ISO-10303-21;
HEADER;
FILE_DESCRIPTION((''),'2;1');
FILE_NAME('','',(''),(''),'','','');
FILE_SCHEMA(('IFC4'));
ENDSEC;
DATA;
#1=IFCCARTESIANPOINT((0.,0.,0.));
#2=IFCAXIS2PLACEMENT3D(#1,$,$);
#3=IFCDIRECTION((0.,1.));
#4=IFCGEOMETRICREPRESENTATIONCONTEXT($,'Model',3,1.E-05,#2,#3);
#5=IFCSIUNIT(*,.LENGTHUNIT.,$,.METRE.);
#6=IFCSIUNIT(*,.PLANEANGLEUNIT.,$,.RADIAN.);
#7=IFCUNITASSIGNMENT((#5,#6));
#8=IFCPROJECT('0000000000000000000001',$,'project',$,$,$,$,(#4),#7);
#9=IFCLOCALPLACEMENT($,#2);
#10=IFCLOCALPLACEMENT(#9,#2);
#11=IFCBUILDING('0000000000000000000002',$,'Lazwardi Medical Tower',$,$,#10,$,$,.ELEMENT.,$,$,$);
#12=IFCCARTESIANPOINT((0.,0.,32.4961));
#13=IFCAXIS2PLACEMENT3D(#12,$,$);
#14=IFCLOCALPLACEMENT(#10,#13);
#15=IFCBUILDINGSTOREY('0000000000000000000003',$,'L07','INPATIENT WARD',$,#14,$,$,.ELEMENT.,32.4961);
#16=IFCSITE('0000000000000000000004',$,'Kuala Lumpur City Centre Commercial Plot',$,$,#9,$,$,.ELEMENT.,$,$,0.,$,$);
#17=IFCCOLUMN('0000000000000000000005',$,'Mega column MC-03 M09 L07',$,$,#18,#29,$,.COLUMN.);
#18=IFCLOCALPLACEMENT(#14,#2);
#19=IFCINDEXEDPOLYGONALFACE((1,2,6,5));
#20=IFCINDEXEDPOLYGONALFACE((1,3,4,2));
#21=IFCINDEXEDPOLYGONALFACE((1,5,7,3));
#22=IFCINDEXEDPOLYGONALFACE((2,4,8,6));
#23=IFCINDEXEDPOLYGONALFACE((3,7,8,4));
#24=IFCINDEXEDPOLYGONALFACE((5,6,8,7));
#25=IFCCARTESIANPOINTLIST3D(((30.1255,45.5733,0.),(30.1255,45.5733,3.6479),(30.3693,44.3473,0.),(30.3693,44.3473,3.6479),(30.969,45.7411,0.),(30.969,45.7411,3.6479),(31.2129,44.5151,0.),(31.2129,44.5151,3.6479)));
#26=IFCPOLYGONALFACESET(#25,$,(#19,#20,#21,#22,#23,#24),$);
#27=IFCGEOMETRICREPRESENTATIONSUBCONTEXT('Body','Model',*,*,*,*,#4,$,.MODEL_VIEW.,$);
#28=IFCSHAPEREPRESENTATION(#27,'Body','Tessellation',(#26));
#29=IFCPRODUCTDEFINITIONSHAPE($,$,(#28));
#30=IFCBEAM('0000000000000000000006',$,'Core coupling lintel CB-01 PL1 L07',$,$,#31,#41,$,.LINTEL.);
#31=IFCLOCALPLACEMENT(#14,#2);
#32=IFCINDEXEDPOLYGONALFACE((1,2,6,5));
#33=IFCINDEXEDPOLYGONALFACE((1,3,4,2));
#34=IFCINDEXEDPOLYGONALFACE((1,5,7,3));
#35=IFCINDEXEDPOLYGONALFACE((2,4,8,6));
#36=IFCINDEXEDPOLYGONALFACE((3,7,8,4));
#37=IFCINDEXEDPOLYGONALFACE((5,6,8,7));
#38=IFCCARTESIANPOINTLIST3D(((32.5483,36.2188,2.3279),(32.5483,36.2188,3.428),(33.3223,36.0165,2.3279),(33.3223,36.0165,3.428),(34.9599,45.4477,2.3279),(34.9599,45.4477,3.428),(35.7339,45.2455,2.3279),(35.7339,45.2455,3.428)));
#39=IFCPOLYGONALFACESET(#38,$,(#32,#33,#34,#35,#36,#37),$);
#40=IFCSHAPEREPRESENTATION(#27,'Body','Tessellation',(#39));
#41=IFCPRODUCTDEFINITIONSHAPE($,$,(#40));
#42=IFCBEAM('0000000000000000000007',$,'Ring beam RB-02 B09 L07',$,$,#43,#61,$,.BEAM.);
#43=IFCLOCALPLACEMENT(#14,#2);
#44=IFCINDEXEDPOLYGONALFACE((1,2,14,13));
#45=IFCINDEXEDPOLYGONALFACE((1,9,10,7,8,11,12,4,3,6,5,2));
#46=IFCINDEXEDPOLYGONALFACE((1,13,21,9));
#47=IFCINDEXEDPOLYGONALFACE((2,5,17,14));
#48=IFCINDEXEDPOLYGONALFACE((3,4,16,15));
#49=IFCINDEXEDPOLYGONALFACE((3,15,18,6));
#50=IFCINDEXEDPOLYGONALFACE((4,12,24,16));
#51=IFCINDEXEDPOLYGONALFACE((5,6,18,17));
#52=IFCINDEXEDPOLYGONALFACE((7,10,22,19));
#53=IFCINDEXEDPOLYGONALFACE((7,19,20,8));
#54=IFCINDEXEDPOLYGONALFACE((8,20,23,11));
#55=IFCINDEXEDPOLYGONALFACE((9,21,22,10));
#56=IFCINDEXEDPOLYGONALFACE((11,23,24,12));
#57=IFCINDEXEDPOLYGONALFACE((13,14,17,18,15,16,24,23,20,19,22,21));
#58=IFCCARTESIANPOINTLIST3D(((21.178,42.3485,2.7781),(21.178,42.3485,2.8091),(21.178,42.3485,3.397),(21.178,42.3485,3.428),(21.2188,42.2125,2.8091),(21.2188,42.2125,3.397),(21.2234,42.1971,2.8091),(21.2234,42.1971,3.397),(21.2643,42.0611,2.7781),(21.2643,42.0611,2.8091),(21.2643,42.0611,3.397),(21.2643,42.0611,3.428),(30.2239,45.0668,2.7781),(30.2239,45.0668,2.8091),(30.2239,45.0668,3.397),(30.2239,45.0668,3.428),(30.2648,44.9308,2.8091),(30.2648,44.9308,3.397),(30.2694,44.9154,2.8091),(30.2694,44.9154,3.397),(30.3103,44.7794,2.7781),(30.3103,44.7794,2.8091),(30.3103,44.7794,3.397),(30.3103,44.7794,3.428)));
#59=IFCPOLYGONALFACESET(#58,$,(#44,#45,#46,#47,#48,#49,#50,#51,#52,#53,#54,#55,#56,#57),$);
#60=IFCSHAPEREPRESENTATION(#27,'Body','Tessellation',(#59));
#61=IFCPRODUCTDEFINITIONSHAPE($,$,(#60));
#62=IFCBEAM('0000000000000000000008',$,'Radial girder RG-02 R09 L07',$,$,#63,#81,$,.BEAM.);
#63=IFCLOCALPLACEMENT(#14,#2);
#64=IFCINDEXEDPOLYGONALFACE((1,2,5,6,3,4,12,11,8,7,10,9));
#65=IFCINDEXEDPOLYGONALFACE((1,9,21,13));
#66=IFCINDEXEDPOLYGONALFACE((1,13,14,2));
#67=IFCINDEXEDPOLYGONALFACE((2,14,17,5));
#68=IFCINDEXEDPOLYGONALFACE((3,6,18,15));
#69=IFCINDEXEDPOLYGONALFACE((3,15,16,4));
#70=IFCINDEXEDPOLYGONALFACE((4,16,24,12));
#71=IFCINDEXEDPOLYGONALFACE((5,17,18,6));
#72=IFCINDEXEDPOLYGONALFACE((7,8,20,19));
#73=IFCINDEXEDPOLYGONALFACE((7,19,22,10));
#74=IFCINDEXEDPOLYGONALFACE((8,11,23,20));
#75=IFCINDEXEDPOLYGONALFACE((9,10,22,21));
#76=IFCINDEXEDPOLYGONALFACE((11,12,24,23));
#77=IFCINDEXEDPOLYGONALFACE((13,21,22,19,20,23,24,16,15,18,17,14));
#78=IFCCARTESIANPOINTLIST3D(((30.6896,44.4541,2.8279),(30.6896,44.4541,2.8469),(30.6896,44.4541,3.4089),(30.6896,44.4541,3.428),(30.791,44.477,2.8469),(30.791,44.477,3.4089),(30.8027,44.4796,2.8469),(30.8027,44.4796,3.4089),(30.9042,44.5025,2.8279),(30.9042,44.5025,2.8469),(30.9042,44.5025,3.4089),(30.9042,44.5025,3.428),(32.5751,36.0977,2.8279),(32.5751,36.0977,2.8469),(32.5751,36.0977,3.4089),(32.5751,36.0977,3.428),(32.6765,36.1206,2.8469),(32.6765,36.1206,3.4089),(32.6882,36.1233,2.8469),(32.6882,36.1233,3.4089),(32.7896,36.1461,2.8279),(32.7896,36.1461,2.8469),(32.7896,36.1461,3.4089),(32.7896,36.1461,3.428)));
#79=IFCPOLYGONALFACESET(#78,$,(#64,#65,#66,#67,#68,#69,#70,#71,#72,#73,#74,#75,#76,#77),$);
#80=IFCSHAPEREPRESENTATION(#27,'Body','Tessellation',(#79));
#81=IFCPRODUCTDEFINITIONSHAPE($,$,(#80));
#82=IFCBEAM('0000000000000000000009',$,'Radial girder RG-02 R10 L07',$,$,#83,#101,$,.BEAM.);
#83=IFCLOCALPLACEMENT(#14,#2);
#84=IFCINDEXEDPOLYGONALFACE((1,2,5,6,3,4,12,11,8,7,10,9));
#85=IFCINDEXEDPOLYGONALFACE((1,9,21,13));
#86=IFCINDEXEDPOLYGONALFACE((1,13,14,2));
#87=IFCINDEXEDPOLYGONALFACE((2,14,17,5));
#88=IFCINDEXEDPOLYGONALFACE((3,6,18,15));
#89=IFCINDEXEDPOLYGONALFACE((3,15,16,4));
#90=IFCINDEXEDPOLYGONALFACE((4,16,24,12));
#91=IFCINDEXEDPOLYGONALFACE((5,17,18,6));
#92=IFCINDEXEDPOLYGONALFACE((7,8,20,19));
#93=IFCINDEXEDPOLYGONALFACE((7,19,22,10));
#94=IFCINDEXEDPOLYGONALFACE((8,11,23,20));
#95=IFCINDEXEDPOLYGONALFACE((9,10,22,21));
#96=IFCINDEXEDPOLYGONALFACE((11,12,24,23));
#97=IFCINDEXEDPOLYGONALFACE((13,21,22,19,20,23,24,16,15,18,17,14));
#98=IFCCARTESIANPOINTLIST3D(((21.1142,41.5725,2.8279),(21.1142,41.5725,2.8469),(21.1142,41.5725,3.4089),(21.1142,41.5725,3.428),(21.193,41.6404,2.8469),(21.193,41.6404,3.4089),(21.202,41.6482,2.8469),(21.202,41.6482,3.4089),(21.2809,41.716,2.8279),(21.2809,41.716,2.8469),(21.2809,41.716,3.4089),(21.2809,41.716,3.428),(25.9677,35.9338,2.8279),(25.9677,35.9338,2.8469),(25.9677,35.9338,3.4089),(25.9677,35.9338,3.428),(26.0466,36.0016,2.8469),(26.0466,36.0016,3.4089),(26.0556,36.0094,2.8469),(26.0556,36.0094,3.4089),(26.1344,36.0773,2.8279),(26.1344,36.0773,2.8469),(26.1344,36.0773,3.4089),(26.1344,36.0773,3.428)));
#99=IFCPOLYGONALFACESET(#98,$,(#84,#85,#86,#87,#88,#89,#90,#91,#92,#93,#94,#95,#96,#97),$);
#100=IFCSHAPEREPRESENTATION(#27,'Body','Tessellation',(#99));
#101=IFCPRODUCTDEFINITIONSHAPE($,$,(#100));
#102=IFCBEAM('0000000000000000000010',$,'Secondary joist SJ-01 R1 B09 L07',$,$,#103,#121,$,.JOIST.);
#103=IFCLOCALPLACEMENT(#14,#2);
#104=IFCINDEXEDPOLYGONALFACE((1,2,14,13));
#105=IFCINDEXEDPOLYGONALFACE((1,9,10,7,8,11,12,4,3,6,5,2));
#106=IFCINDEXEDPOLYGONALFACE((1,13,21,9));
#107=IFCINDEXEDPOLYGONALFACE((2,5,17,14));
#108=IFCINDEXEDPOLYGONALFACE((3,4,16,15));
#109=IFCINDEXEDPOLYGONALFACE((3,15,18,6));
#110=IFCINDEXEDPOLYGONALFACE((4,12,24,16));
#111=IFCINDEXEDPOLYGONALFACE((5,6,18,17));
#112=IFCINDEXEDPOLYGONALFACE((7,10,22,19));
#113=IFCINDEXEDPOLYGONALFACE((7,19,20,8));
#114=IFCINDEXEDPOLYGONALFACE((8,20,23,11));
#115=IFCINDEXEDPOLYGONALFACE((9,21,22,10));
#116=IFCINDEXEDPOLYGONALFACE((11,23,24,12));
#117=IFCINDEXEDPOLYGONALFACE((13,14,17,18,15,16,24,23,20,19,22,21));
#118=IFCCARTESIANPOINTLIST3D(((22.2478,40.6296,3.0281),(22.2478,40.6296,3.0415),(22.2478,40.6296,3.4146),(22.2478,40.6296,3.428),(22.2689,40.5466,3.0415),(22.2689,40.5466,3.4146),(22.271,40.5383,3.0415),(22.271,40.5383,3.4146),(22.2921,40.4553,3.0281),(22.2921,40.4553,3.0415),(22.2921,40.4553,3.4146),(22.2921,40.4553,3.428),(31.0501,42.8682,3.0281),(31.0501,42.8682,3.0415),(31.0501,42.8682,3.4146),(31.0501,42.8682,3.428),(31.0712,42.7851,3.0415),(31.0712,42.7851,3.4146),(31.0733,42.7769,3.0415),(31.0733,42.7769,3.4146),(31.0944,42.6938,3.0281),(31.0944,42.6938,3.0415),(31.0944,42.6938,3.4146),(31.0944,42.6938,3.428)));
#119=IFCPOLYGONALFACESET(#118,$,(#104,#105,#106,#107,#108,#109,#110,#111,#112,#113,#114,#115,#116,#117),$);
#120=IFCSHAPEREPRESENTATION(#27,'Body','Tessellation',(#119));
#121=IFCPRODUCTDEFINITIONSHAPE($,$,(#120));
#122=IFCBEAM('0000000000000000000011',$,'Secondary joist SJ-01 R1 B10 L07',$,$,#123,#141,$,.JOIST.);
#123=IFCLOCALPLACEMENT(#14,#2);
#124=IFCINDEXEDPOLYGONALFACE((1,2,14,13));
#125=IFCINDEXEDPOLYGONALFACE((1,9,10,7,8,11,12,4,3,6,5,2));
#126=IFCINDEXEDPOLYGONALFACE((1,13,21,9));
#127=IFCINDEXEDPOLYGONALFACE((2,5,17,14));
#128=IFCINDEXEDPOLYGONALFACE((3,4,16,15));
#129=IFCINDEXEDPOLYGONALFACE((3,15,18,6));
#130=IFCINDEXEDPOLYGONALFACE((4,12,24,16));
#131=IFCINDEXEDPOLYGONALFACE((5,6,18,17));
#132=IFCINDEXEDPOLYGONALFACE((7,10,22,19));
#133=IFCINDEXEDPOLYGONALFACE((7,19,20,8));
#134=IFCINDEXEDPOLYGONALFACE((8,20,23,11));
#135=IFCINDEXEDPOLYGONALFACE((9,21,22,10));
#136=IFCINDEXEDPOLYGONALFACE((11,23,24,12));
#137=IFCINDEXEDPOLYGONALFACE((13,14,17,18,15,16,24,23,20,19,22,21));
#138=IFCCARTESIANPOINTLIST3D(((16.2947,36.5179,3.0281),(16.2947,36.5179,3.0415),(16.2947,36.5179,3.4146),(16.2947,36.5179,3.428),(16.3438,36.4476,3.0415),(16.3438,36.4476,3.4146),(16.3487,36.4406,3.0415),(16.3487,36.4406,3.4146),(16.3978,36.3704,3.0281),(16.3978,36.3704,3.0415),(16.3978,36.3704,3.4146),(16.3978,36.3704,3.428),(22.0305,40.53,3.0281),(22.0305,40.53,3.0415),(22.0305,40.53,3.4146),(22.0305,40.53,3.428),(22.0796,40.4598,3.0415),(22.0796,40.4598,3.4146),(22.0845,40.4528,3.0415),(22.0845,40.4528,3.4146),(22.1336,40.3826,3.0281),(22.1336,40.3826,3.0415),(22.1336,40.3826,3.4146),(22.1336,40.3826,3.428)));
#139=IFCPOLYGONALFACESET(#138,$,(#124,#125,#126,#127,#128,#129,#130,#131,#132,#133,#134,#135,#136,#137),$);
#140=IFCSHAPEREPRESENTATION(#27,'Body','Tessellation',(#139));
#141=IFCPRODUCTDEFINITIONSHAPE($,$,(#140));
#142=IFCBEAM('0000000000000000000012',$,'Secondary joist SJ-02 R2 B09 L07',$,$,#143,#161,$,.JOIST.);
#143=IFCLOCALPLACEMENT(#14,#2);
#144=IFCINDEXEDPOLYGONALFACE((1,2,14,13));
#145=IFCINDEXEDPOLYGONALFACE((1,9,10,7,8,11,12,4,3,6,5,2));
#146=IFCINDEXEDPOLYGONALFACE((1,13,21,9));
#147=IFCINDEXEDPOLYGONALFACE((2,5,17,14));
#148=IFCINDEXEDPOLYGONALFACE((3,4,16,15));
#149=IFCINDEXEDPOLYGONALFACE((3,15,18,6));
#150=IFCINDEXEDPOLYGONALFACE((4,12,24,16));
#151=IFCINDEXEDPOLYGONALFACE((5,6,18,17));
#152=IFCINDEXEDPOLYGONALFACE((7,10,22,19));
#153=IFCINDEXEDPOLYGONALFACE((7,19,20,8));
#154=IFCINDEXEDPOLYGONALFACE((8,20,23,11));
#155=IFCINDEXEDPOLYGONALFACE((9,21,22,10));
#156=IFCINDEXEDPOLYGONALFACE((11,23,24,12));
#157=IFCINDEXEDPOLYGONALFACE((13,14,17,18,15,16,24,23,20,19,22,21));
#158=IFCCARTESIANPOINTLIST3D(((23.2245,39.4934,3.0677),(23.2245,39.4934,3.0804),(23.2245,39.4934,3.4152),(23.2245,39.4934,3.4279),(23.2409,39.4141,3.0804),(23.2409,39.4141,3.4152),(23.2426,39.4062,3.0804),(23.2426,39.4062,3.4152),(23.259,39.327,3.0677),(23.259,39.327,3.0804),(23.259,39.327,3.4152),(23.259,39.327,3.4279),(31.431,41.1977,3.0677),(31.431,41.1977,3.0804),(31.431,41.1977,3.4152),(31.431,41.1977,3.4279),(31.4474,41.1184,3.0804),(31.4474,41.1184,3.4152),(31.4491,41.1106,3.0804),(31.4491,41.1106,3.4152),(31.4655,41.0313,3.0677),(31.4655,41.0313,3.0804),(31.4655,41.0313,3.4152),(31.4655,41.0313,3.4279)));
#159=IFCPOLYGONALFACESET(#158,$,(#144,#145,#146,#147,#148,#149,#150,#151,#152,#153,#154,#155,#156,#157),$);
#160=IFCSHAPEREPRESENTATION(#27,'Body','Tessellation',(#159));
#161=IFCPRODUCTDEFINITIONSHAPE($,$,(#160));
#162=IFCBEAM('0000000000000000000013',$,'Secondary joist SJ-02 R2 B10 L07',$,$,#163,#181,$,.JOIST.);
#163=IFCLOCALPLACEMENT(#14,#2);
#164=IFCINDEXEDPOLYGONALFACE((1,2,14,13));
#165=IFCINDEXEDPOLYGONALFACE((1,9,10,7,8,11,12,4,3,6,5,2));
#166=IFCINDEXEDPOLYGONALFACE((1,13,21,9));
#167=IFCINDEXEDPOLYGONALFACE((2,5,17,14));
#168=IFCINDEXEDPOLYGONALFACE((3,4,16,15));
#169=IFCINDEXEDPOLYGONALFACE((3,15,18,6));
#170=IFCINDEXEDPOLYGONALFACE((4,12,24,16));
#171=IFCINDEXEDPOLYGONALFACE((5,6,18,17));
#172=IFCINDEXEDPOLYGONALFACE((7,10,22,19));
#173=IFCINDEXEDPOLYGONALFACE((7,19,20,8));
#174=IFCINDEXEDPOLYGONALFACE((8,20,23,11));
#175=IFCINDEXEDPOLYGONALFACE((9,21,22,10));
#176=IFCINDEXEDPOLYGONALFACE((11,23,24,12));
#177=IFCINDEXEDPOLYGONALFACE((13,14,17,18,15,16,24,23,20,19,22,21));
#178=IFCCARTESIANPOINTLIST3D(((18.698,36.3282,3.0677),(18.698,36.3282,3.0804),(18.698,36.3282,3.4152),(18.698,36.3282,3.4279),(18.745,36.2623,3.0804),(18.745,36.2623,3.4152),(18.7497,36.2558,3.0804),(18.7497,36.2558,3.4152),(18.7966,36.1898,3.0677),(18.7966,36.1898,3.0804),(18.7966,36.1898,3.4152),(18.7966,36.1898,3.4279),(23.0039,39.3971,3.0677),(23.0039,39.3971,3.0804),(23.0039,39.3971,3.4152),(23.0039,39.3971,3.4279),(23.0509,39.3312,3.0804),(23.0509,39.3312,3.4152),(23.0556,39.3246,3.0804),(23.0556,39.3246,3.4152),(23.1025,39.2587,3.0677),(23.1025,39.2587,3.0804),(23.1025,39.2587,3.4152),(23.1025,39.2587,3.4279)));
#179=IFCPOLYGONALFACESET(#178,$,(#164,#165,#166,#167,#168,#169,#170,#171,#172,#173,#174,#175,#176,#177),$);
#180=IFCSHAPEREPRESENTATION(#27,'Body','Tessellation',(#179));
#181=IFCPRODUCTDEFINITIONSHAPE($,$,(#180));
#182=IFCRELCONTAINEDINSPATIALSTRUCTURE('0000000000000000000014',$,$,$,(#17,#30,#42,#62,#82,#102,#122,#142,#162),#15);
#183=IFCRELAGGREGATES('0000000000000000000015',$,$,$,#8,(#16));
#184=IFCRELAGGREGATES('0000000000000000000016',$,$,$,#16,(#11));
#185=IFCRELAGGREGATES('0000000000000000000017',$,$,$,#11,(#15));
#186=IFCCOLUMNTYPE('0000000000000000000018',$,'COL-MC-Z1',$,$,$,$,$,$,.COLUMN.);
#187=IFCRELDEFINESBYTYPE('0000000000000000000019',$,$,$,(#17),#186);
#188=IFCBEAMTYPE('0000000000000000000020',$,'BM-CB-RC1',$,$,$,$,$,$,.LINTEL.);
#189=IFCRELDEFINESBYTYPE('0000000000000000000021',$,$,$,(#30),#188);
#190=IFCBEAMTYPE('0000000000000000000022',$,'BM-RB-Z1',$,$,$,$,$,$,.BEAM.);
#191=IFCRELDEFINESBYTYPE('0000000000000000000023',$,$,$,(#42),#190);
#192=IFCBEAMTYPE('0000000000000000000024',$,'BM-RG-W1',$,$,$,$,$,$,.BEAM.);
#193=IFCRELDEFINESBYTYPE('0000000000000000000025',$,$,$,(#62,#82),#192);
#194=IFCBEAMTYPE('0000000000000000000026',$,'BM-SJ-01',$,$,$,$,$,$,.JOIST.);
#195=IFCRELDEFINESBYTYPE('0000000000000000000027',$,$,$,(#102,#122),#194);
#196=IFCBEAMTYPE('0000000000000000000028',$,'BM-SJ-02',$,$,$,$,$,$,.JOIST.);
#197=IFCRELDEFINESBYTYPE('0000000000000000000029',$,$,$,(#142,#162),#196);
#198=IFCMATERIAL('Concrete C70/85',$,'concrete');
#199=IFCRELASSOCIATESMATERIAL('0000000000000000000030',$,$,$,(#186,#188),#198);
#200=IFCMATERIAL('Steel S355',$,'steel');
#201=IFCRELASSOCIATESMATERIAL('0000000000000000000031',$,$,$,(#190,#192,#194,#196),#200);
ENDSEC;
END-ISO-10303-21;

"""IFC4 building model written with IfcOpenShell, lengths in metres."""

from ifc_helpers import new_model, si_unit, direction, frame, origin, origin_2d, place, context, subcontext, project, spatial, rectangle, i_section, extrude, material, material_profile, profile_set, type_object, element, save


model = new_model("IFC4")

# Units and contexts
model_context = context("Model", 3, precision=1e-05, world=origin(), true_north=direction((0.0, 1.0)))
body_context = subcontext(model_context, "Body", "Model", "MODEL_VIEW")
ifc_project = project(units=[si_unit("LENGTHUNIT", "METRE"), si_unit("PLANEANGLEUNIT", "RADIAN")], contexts=[model_context])

# Site, building, storey
site_placement = place(None, origin())
site = spatial("IfcSite", under=ifc_project, at=site_placement, Name="Kuala Lumpur City Centre Commercial Plot", CompositionType="ELEMENT", RefElevation=0.0)
building_placement = place(site_placement, origin())
building = spatial("IfcBuilding", under=site, at=building_placement, Name="Lazwardi Medical Tower", CompositionType="ELEMENT")
storey_placement = place(building_placement, frame((0.0, 0.0, 32.4961)))
storey = spatial("IfcBuildingStorey", under=building, at=storey_placement, Name="L07", Description="INPATIENT WARD", CompositionType="ELEMENT", Elevation=32.4961)

# Column
ifc_material_1 = material(Name="Concrete C70/85", Category="concrete")
ifc_material_profile_1 = material_profile(ifc_material_1, rectangle(XDim=1.25, YDim=0.8601, at=origin_2d()), Name="CFT-RECT 1250x860")
ifc_profile_set_1 = profile_set([ifc_material_profile_1], Name="Concrete C70/85")
column_type = type_object("IfcColumnType", Name="COL-MC-Z1", PredefinedType="COLUMN", material=ifc_profile_set_1)
column_placement = place(storey_placement, frame((30.6692, 45.0442, 0.0), z_axis=(0.0, 0.0, 1.0), x_axis=(-0.19509, 0.980785, 0.0)))
element("IfcColumn", 1, at=column_placement, inside=storey, type_object=column_type, Name="Mega column MC-03 M09 L07", PredefinedType="COLUMN", context=body_context, shape_type="SweptSolid", body=[
    extrude(rectangle(XDim=1.25, YDim=0.8601, at=origin_2d()), origin(), (0.0, 0.0, 1.0), 3.6479),
])

# Beams
ifc_material_profile_2 = material_profile(ifc_material_1, rectangle(XDim=0.8, YDim=1.1001, at=origin_2d()), Name="RC 800x1100")
ifc_profile_set_2 = profile_set([ifc_material_profile_2], Name="Concrete C70/85")
beam_type_1 = type_object("IfcBeamType", Name="BM-CB-RC1", PredefinedType="LINTEL", material=ifc_profile_set_2)
beam_1_placement = place(storey_placement, frame((32.9353, 36.1177, 2.8779), z_axis=(0.25282, 0.967513, 0.0), x_axis=(-0.967513, 0.25282, 0.0)))
element("IfcBeam", 2, at=beam_1_placement, inside=storey, type_object=beam_type_1, Name="Core coupling lintel CB-01 PL1 L07", PredefinedType="LINTEL", context=body_context, shape_type="SweptSolid", body=[
    extrude(rectangle(XDim=0.8, YDim=1.1001, at=origin_2d()), origin(), (0.0, 0.0, 1.0), 9.5388),
])
ifc_material_2 = material(Name="Steel S355", Category="steel")
ifc_material_profile_3 = material_profile(ifc_material_2, i_section(OverallWidth=0.3, OverallDepth=0.6499, WebThickness=0.0161, FlangeThickness=0.031, at=origin_2d()), Name="HEB 650")
ifc_profile_set_3 = profile_set([ifc_material_profile_3], Name="Steel S355")
beam_type_2 = type_object("IfcBeamType", Name="BM-RB-Z1", PredefinedType="BEAM", material=ifc_profile_set_3)
beam_2_placement = place(storey_placement, frame((30.2671, 44.9231, 3.103), z_axis=(-0.957695, -0.287784, 0.0), x_axis=(0.287784, -0.957695, 0.0)))
element("IfcBeam", 3, at=beam_2_placement, inside=storey, type_object=beam_type_2, Name="Ring beam RB-02 B09 L07", PredefinedType="BEAM", context=body_context, shape_type="SweptSolid", body=[
    extrude(i_section(OverallWidth=0.3, OverallDepth=0.6499, WebThickness=0.0161, FlangeThickness=0.031, at=origin_2d()), origin(), (0.0, 0.0, 1.0), 9.4456),
])
ifc_material_profile_4 = material_profile(ifc_material_2, i_section(OverallWidth=0.22, OverallDepth=0.6001, WebThickness=0.012, FlangeThickness=0.019, at=origin_2d()), Name="IPE 600")
ifc_profile_set_4 = profile_set([ifc_material_profile_4], Name="Steel S355")
beam_type_3 = type_object("IfcBeamType", Name="BM-RG-W1", PredefinedType="BEAM", material=ifc_profile_set_4)
beam_3_placement = place(storey_placement, frame((30.7969, 44.4783, 3.1279), z_axis=(0.220101, -0.975477, 0.0), x_axis=(0.975477, 0.220101, 0.0)))
element("IfcBeam", 4, at=beam_3_placement, inside=storey, type_object=beam_type_3, Name="Radial girder RG-02 R09 L07", PredefinedType="BEAM", context=body_context, shape_type="SweptSolid", body=[
    extrude(i_section(OverallWidth=0.22, OverallDepth=0.6001, WebThickness=0.012, FlangeThickness=0.019, at=origin_2d()), origin(), (0.0, 0.0, 1.0), 8.5664),
])
beam_4_placement = place(storey_placement, frame((21.1975, 41.6443, 3.1279), z_axis=(0.652368, -0.757902, 0.0), x_axis=(0.757902, 0.652368, 0.0)))
element("IfcBeam", 5, at=beam_4_placement, inside=storey, type_object=beam_type_3, Name="Radial girder RG-02 R10 L07", PredefinedType="BEAM", context=body_context, shape_type="SweptSolid", body=[
    extrude(i_section(OverallWidth=0.22, OverallDepth=0.6001, WebThickness=0.012, FlangeThickness=0.019, at=origin_2d()), origin(), (0.0, 0.0, 1.0), 7.4399),
])
ifc_material_profile_5 = material_profile(ifc_material_2, i_section(OverallWidth=0.1799, OverallDepth=0.3999, WebThickness=0.0085, FlangeThickness=0.0134, at=origin_2d()), Name="IPE 400")
ifc_profile_set_5 = profile_set([ifc_material_profile_5], Name="Steel S355")
beam_type_4 = type_object("IfcBeamType", Name="BM-SJ-01", PredefinedType="JOIST", material=ifc_profile_set_5)
beam_5_placement = place(storey_placement, frame((31.0723, 42.781, 3.228), z_axis=(-0.969151, -0.246468, 0.0), x_axis=(0.246468, -0.969151, 0.0)))
element("IfcBeam", 6, at=beam_5_placement, inside=storey, type_object=beam_type_4, Name="Secondary joist SJ-01 R1 B09 L07", PredefinedType="JOIST", context=body_context, shape_type="SweptSolid", body=[
    extrude(i_section(OverallWidth=0.1799, OverallDepth=0.3999, WebThickness=0.0085, FlangeThickness=0.0134, at=origin_2d()), origin(), (0.0, 0.0, 1.0), 9.0825),
])
beam_6_placement = place(storey_placement, frame((22.082, 40.4563, 3.228), z_axis=(-0.819425, -0.573186, 0.0), x_axis=(0.573186, -0.819425, 0.0)))
element("IfcBeam", 7, at=beam_6_placement, inside=storey, type_object=beam_type_4, Name="Secondary joist SJ-01 R1 B10 L07", PredefinedType="JOIST", context=body_context, shape_type="SweptSolid", body=[
    extrude(i_section(OverallWidth=0.1799, OverallDepth=0.3999, WebThickness=0.0085, FlangeThickness=0.0134, at=origin_2d()), origin(), (0.0, 0.0, 1.0), 6.9998),
])
ifc_material_profile_6 = material_profile(ifc_material_2, i_section(OverallWidth=0.1699, OverallDepth=0.3601, WebThickness=0.0081, FlangeThickness=0.0127, at=origin_2d()), Name="IPE 360")
ifc_profile_set_6 = profile_set([ifc_material_profile_6], Name="Steel S355")
beam_type_5 = type_object("IfcBeamType", Name="BM-SJ-02", PredefinedType="JOIST", material=ifc_profile_set_6)
beam_7_placement = place(storey_placement, frame((31.4482, 41.1145, 3.2478), z_axis=(-0.979108, -0.203342, 0.0), x_axis=(0.203342, -0.979108, 0.0)))
element("IfcBeam", 8, at=beam_7_placement, inside=storey, type_object=beam_type_5, Name="Secondary joist SJ-02 R2 B09 L07", PredefinedType="JOIST", context=body_context, shape_type="SweptSolid", body=[
    extrude(i_section(OverallWidth=0.1699, OverallDepth=0.3601, WebThickness=0.0081, FlangeThickness=0.0127, at=origin_2d()), origin(), (0.0, 0.0, 1.0), 8.3816),
])
beam_8_placement = place(storey_placement, frame((23.0532, 39.3279, 3.2478), z_axis=(-0.814341, -0.580386, 0.0), x_axis=(0.580386, -0.814341, 0.0)))
element("IfcBeam", 9, at=beam_8_placement, inside=storey, type_object=beam_type_5, Name="Secondary joist SJ-02 R2 B10 L07", PredefinedType="JOIST", context=body_context, shape_type="SweptSolid", body=[
    extrude(i_section(OverallWidth=0.1699, OverallDepth=0.3601, WebThickness=0.0081, FlangeThickness=0.0127, at=origin_2d()), origin(), (0.0, 0.0, 1.0), 5.2876),
])

save(model, "model.ifc")
